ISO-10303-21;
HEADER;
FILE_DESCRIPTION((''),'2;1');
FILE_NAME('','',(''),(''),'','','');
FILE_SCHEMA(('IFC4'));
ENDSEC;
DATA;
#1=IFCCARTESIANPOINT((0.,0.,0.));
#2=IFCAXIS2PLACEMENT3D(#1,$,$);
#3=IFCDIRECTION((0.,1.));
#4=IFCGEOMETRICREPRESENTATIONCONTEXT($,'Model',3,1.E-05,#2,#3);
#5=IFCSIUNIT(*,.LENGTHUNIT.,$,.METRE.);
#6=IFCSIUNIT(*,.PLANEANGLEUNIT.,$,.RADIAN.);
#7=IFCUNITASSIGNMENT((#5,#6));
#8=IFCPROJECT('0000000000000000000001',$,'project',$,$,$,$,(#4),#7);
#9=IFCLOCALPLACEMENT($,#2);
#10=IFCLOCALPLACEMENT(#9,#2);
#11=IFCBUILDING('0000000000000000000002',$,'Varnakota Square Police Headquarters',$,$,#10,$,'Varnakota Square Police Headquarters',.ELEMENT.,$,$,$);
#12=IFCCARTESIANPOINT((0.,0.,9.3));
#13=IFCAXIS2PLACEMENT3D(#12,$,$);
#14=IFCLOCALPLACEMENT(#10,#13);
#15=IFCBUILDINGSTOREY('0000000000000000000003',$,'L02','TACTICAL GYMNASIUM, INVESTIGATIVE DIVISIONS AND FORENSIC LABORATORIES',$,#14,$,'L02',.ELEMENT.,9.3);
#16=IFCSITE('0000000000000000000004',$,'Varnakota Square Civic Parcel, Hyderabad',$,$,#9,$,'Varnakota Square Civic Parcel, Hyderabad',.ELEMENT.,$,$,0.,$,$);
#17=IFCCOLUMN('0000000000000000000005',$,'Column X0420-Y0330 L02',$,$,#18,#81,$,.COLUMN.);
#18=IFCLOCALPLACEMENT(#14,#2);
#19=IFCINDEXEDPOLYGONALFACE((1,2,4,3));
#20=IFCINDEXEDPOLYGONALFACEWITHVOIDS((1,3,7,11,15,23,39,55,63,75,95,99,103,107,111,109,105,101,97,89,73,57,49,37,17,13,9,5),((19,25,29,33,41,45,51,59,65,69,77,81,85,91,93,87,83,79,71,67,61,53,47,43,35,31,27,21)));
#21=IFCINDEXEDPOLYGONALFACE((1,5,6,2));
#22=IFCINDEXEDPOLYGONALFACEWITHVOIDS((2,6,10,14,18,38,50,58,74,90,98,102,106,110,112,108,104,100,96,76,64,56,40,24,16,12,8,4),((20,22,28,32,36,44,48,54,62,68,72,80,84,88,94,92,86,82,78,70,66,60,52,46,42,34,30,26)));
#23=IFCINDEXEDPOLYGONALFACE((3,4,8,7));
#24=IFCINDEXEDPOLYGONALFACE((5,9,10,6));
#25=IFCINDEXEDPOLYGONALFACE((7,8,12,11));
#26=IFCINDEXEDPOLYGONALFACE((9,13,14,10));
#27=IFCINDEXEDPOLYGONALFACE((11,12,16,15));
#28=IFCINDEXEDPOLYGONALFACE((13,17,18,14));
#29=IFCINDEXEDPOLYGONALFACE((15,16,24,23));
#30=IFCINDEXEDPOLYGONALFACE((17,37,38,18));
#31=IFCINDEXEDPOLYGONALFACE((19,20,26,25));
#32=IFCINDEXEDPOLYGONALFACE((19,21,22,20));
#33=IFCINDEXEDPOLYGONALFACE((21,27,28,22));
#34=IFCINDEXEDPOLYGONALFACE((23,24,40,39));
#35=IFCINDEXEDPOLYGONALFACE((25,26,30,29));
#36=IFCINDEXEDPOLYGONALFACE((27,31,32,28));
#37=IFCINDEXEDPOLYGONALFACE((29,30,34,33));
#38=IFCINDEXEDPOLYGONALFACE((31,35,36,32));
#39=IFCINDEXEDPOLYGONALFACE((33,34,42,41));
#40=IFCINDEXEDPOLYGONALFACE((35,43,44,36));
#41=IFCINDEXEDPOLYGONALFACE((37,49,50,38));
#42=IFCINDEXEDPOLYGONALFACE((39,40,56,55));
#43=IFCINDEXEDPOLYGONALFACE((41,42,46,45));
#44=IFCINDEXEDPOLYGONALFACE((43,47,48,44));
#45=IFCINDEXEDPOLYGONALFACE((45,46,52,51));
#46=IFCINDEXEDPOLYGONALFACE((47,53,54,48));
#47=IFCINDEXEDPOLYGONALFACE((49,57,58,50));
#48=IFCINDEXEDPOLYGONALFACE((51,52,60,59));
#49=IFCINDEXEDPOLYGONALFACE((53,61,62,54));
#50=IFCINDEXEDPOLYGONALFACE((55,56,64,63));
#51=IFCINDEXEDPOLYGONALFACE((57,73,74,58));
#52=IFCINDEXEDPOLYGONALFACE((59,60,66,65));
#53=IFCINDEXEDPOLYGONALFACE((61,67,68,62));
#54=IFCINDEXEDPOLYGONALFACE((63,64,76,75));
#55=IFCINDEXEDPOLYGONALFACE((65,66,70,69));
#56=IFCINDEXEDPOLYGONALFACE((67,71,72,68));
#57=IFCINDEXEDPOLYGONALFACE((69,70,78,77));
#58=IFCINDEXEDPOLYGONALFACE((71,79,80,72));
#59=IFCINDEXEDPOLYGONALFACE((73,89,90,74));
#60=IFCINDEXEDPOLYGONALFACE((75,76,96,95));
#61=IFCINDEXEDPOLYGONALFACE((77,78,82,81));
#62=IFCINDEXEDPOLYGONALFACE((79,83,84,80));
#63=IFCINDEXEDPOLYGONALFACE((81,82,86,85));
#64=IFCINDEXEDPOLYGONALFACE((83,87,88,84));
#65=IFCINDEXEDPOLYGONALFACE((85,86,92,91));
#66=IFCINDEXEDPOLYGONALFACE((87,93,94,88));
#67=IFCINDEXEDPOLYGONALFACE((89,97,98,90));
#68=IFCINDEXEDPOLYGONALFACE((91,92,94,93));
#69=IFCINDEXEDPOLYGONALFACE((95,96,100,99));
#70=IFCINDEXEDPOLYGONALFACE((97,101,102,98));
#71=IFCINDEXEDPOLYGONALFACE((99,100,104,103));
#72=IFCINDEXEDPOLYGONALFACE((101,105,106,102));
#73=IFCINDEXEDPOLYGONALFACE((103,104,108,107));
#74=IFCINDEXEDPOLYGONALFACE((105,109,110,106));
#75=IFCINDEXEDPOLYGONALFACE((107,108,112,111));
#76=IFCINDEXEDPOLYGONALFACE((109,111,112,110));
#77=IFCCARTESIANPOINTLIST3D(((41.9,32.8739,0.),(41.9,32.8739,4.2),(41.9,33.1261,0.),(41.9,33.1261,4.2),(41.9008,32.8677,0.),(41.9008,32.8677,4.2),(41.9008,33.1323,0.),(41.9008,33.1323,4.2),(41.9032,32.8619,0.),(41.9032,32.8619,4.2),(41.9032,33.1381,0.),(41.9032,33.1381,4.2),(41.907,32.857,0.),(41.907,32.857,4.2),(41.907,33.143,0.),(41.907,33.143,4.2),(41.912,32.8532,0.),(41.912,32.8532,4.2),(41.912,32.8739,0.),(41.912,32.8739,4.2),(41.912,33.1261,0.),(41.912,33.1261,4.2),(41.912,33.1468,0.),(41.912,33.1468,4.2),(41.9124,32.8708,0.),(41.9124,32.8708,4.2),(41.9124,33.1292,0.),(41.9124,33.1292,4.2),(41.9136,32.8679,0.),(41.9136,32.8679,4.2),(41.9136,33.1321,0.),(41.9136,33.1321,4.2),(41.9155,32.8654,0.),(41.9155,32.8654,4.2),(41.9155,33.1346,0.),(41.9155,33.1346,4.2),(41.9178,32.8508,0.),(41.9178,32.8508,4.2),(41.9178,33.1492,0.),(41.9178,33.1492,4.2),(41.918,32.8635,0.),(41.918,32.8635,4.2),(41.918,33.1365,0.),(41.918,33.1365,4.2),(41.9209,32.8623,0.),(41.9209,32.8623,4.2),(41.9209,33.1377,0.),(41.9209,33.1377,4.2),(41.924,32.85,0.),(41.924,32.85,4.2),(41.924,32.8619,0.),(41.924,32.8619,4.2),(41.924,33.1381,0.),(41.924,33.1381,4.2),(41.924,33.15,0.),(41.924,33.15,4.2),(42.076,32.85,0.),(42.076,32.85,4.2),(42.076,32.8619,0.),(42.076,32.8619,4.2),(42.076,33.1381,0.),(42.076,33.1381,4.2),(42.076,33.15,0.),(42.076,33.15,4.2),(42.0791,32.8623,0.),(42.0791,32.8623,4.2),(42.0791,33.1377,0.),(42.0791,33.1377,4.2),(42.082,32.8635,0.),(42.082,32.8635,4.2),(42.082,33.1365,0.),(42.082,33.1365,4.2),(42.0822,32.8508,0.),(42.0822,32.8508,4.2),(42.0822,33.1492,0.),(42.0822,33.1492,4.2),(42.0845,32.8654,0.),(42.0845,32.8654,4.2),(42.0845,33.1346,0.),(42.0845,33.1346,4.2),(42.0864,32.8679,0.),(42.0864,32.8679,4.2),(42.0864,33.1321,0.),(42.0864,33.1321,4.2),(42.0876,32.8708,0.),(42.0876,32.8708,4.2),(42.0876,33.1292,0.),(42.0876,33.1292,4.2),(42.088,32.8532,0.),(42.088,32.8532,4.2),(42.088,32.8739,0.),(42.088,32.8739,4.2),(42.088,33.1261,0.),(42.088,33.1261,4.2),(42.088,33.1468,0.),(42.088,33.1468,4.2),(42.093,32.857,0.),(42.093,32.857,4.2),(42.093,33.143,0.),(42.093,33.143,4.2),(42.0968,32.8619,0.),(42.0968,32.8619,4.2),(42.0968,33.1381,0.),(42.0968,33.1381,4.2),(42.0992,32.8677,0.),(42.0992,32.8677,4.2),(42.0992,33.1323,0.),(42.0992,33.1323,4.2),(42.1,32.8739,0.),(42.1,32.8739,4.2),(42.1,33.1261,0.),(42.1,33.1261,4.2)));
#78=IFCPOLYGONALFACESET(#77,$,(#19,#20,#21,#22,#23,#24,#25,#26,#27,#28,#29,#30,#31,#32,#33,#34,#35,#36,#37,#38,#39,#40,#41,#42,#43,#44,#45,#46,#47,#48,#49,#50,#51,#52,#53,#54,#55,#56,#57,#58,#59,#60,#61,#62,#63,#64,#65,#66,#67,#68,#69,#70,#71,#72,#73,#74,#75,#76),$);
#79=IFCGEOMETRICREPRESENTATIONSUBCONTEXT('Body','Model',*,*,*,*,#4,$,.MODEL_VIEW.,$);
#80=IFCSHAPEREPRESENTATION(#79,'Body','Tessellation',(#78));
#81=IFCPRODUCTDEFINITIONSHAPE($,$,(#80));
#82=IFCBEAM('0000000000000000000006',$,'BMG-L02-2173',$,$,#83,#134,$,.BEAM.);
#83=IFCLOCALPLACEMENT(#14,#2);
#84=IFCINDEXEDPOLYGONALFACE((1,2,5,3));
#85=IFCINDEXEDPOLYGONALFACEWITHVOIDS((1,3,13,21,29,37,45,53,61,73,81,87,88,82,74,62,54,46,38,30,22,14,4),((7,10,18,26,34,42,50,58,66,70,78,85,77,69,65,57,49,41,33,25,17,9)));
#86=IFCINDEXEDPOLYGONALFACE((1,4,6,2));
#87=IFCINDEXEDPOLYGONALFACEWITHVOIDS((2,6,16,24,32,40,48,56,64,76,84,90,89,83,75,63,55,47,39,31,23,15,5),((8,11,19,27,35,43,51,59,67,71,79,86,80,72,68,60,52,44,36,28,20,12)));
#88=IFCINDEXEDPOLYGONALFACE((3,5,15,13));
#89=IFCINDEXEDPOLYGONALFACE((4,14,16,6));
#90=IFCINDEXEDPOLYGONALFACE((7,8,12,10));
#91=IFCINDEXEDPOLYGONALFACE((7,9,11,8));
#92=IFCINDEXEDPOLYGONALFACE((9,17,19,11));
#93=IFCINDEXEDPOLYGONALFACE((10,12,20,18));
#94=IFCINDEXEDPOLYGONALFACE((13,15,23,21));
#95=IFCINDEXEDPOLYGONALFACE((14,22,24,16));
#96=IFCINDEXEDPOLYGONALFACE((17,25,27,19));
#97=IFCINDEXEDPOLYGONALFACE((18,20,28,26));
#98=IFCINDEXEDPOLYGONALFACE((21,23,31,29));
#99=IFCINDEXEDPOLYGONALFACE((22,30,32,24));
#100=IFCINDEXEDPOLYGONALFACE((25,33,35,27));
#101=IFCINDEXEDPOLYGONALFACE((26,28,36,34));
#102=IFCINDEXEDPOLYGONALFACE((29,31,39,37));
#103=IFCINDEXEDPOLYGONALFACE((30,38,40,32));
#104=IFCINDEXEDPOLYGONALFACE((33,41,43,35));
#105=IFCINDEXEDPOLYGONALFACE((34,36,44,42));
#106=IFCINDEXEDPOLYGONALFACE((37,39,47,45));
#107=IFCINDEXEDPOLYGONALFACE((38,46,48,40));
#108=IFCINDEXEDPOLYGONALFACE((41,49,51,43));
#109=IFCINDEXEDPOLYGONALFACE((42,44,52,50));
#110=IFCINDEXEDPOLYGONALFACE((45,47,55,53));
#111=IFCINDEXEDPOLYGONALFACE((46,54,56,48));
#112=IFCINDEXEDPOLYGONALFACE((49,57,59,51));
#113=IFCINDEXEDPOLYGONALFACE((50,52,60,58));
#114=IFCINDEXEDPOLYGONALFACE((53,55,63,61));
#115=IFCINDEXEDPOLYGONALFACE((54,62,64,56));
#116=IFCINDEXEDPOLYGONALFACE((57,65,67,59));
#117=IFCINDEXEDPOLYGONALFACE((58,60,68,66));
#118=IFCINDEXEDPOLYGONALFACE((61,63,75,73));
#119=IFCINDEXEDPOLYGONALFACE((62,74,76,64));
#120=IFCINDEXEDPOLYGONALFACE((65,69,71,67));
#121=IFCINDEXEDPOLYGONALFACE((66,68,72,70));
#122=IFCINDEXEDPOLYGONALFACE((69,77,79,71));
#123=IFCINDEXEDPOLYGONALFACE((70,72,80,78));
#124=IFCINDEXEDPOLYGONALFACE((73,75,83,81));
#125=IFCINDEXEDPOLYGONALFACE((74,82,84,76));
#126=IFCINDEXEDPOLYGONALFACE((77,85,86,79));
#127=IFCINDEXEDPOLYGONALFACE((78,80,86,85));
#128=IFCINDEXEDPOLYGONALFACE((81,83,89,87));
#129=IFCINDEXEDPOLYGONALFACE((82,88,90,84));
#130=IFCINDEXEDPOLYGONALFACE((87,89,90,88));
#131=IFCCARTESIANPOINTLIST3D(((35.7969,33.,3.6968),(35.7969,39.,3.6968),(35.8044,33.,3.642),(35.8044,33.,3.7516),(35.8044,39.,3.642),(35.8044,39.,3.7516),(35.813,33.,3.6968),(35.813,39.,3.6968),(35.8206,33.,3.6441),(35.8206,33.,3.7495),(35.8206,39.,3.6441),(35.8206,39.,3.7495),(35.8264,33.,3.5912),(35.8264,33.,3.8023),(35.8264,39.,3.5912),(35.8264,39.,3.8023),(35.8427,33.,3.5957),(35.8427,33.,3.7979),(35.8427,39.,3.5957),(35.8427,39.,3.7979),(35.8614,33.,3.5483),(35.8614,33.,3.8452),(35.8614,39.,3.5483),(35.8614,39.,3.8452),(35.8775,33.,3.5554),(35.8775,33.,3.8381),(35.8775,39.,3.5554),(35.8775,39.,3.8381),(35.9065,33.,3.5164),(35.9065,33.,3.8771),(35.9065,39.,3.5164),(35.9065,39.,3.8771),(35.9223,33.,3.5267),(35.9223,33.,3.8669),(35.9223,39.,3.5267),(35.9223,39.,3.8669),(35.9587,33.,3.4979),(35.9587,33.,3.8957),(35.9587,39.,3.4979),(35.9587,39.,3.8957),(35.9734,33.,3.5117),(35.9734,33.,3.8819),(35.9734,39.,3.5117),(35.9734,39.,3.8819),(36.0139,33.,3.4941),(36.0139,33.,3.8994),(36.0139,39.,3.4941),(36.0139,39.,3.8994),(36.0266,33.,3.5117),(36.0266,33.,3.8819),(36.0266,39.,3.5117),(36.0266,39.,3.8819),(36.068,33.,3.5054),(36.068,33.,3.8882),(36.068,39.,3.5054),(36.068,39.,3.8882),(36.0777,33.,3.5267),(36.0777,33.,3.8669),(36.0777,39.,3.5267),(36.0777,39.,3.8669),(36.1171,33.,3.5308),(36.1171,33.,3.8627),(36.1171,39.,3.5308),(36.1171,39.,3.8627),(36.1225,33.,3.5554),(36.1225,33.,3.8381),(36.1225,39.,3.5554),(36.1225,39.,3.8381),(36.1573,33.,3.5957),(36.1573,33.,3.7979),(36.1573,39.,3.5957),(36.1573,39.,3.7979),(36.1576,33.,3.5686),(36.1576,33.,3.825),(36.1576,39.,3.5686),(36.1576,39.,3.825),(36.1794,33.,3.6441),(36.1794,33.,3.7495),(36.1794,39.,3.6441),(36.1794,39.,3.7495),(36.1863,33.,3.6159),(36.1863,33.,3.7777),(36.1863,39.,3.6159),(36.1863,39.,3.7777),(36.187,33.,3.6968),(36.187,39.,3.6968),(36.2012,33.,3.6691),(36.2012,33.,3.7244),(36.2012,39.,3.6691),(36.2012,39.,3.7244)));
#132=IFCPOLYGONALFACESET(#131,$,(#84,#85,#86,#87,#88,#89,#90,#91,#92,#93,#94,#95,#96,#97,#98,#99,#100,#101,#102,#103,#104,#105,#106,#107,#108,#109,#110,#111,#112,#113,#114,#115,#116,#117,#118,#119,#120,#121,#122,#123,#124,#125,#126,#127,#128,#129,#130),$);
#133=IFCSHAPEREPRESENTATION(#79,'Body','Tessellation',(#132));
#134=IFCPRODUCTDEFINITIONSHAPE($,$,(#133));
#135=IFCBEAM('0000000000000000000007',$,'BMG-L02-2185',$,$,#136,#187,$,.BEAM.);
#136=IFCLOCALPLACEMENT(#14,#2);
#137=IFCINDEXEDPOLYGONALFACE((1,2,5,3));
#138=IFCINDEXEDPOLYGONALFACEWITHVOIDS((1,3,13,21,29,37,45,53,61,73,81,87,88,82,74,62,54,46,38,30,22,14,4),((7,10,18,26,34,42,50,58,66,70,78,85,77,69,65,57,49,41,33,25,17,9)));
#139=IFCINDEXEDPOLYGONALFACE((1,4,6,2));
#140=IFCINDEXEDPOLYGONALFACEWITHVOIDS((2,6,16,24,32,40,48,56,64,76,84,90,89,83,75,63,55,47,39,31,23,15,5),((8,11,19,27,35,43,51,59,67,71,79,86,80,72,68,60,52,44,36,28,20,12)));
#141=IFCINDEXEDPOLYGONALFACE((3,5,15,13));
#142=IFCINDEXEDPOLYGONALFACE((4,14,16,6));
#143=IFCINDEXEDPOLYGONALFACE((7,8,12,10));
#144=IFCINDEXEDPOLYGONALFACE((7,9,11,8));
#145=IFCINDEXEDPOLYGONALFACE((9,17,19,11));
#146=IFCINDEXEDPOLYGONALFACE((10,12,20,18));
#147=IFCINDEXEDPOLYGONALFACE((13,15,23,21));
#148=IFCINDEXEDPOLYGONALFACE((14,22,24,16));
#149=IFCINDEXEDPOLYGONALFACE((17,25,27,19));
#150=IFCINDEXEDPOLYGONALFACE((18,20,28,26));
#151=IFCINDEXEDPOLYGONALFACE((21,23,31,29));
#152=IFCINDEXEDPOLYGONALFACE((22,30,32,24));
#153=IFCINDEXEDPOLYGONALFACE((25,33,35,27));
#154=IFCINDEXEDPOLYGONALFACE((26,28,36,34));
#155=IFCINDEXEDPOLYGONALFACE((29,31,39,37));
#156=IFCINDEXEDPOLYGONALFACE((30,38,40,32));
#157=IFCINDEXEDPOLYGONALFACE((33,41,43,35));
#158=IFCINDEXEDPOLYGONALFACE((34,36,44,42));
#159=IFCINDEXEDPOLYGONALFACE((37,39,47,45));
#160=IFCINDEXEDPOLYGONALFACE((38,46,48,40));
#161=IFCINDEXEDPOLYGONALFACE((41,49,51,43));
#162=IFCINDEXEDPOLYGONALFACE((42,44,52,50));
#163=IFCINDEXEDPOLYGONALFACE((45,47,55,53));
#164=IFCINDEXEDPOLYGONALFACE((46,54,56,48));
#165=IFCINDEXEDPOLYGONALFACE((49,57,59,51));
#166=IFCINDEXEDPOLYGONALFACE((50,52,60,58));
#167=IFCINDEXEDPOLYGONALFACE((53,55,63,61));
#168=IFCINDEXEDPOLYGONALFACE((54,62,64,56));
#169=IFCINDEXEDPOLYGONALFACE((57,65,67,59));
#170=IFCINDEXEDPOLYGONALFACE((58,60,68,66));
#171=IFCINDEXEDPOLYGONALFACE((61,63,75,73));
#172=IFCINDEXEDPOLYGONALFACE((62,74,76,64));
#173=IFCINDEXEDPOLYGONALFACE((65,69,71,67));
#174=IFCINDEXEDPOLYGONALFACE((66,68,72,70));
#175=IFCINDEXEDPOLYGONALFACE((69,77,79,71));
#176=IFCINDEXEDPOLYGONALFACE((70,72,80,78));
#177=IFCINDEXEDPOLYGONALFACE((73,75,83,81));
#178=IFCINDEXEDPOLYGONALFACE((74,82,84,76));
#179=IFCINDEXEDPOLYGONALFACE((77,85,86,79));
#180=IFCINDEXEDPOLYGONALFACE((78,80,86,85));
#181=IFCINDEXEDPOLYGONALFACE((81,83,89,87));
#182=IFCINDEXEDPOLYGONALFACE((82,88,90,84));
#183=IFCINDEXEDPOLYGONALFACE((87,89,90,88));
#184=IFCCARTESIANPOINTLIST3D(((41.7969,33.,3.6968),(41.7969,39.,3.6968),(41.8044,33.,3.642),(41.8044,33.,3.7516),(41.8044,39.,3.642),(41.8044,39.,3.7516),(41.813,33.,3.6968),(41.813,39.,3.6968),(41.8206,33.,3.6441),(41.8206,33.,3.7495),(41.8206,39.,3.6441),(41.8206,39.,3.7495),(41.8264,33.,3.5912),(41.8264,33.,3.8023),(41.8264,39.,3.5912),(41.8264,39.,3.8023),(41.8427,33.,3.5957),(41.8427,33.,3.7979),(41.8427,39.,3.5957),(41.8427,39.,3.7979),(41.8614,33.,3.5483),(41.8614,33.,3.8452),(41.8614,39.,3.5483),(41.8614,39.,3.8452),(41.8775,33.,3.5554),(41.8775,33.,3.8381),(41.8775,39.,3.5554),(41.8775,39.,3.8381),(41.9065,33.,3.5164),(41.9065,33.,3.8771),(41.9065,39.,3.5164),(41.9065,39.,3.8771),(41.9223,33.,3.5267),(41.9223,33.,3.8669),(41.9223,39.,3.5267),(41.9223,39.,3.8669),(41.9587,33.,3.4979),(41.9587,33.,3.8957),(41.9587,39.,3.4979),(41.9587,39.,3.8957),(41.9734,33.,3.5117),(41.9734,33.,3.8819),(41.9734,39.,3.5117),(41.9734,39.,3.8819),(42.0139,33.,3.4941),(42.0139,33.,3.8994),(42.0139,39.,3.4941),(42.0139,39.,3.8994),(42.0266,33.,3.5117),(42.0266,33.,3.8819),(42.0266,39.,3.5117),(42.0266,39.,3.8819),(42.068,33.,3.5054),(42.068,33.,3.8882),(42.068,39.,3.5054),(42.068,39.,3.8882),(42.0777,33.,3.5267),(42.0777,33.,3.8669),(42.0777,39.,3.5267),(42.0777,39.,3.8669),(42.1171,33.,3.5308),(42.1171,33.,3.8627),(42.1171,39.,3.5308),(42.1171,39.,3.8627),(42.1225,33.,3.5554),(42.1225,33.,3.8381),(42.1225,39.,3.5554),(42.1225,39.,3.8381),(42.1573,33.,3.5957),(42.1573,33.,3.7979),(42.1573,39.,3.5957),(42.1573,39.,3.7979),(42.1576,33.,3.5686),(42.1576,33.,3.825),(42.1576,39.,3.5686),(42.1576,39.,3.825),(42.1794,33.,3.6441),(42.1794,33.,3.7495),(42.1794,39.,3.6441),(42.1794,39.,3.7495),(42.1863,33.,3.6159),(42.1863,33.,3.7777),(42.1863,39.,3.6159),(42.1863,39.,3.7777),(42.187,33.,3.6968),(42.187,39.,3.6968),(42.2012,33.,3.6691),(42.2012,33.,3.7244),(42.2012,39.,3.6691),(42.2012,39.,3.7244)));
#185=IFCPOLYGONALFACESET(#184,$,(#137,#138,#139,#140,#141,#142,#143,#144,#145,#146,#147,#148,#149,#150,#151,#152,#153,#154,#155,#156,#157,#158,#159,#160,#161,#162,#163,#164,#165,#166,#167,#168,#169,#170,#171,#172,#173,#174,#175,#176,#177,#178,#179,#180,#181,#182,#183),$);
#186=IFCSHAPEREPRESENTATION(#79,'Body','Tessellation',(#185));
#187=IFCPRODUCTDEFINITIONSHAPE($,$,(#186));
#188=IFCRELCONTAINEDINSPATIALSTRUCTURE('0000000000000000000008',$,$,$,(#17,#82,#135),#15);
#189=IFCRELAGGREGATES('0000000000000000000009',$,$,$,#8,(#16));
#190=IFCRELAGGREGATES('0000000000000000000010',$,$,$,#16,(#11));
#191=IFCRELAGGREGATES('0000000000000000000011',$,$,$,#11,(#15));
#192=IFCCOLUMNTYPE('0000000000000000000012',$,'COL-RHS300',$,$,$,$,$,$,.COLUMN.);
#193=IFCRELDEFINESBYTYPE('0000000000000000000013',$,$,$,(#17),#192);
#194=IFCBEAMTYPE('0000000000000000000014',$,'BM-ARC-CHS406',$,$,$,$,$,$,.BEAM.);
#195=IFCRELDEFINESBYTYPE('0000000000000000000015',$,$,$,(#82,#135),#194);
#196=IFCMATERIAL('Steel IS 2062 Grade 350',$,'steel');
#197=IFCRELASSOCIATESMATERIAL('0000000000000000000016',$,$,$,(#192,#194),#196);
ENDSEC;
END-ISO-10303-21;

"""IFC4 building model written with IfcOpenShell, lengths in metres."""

from ifc_helpers import new_model, si_unit, direction, frame, origin, origin_2d, place, context, subcontext, project, spatial, hollow_rectangle, hollow_circle, extrude, material, material_profile, profile_set, type_object, element, save


model = new_model("IFC4")

# Units and contexts
model_context = context("Model", 3, precision=1e-05, world=origin(), true_north=direction((0.0, 1.0)))
body_context = subcontext(model_context, "Body", "Model", "MODEL_VIEW")
ifc_project = project(units=[si_unit("LENGTHUNIT", "METRE"), si_unit("PLANEANGLEUNIT", "RADIAN")], contexts=[model_context])

# Site, building, storey
site_placement = place(None, origin())
site = spatial("IfcSite", under=ifc_project, at=site_placement, Name="Varnakota Square Civic Parcel, Hyderabad", LongName="Varnakota Square Civic Parcel, Hyderabad", CompositionType="ELEMENT", RefElevation=0.0)
building_placement = place(site_placement, origin())
building = spatial("IfcBuilding", under=site, at=building_placement, Name="Varnakota Square Police Headquarters", LongName="Varnakota Square Police Headquarters", CompositionType="ELEMENT")
storey_placement = place(building_placement, frame((0.0, 0.0, 9.3)))
storey = spatial("IfcBuildingStorey", under=building, at=storey_placement, Name="L02", Description="TACTICAL GYMNASIUM, INVESTIGATIVE DIVISIONS AND FORENSIC LABORATORIES", LongName="L02", CompositionType="ELEMENT", Elevation=9.3)

# Column
ifc_material_1 = material(Name="Steel IS 2062 Grade 350", Category="steel")
ifc_material_profile_1 = material_profile(ifc_material_1, hollow_rectangle(XDim=0.2, YDim=0.3, WallThickness=0.012, InnerFilletRadius=0.012, OuterFilletRadius=0.0239, at=origin_2d()), Name="RHS 300x200x12")
ifc_profile_set_1 = profile_set([ifc_material_profile_1], Name="Steel IS 2062 Grade 350")
column_type_1 = type_object("IfcColumnType", Name="COL-RHS300", PredefinedType="COLUMN", material=ifc_profile_set_1)
column_1_placement = place(storey_placement, frame((42.0, 33.0, 0.0), z_axis=(0.0, 0.0, 1.0), x_axis=(1.0, 0.0, 0.0)))
element("IfcColumn", 1, at=column_1_placement, inside=storey, type_object=column_type_1, Name="Column X0420-Y0330 L02", PredefinedType="COLUMN", context=body_context, shape_type="SweptSolid", body=[
    extrude(hollow_rectangle(XDim=0.2, YDim=0.3, WallThickness=0.012, InnerFilletRadius=0.012, OuterFilletRadius=0.0239, at=origin_2d()), origin(), (0.0, 0.0, 1.0), 4.2),
])

# Beams
ifc_material_profile_2 = material_profile(ifc_material_1, hollow_circle(Radius=0.2031, WallThickness=0.0161, at=origin_2d()), Name="CHS 406.4x16.0")
ifc_profile_set_2 = profile_set([ifc_material_profile_2], Name="Steel IS 2062 Grade 350")
beam_type_1 = type_object("IfcBeamType", Name="BM-ARC-CHS406", PredefinedType="BEAM", material=ifc_profile_set_2)
for number, where, z_axis, x_axis, name in (
    (2, (36.0, 33.0, 3.6968), (0.0, 1.0, 0.0), (-1.0, 0.0, 0.0), "BMG-L02-2173"),
    (3, (42.0, 33.0, 3.6968), (0.0, 1.0, 0.0), (-1.0, 0.0, 0.0), "BMG-L02-2185"),
):
    element("IfcBeam", number, at=place(storey_placement, frame(where, z_axis=z_axis, x_axis=x_axis)), inside=storey, type_object=beam_type_1, Name=name, PredefinedType="BEAM", context=body_context, shape_type="SweptSolid", body=[
        extrude(hollow_circle(Radius=0.2031, WallThickness=0.0161, at=origin_2d()), origin(), (0.0, 0.0, 1.0), 6.0),
    ])

save(model, "model.ifc")
